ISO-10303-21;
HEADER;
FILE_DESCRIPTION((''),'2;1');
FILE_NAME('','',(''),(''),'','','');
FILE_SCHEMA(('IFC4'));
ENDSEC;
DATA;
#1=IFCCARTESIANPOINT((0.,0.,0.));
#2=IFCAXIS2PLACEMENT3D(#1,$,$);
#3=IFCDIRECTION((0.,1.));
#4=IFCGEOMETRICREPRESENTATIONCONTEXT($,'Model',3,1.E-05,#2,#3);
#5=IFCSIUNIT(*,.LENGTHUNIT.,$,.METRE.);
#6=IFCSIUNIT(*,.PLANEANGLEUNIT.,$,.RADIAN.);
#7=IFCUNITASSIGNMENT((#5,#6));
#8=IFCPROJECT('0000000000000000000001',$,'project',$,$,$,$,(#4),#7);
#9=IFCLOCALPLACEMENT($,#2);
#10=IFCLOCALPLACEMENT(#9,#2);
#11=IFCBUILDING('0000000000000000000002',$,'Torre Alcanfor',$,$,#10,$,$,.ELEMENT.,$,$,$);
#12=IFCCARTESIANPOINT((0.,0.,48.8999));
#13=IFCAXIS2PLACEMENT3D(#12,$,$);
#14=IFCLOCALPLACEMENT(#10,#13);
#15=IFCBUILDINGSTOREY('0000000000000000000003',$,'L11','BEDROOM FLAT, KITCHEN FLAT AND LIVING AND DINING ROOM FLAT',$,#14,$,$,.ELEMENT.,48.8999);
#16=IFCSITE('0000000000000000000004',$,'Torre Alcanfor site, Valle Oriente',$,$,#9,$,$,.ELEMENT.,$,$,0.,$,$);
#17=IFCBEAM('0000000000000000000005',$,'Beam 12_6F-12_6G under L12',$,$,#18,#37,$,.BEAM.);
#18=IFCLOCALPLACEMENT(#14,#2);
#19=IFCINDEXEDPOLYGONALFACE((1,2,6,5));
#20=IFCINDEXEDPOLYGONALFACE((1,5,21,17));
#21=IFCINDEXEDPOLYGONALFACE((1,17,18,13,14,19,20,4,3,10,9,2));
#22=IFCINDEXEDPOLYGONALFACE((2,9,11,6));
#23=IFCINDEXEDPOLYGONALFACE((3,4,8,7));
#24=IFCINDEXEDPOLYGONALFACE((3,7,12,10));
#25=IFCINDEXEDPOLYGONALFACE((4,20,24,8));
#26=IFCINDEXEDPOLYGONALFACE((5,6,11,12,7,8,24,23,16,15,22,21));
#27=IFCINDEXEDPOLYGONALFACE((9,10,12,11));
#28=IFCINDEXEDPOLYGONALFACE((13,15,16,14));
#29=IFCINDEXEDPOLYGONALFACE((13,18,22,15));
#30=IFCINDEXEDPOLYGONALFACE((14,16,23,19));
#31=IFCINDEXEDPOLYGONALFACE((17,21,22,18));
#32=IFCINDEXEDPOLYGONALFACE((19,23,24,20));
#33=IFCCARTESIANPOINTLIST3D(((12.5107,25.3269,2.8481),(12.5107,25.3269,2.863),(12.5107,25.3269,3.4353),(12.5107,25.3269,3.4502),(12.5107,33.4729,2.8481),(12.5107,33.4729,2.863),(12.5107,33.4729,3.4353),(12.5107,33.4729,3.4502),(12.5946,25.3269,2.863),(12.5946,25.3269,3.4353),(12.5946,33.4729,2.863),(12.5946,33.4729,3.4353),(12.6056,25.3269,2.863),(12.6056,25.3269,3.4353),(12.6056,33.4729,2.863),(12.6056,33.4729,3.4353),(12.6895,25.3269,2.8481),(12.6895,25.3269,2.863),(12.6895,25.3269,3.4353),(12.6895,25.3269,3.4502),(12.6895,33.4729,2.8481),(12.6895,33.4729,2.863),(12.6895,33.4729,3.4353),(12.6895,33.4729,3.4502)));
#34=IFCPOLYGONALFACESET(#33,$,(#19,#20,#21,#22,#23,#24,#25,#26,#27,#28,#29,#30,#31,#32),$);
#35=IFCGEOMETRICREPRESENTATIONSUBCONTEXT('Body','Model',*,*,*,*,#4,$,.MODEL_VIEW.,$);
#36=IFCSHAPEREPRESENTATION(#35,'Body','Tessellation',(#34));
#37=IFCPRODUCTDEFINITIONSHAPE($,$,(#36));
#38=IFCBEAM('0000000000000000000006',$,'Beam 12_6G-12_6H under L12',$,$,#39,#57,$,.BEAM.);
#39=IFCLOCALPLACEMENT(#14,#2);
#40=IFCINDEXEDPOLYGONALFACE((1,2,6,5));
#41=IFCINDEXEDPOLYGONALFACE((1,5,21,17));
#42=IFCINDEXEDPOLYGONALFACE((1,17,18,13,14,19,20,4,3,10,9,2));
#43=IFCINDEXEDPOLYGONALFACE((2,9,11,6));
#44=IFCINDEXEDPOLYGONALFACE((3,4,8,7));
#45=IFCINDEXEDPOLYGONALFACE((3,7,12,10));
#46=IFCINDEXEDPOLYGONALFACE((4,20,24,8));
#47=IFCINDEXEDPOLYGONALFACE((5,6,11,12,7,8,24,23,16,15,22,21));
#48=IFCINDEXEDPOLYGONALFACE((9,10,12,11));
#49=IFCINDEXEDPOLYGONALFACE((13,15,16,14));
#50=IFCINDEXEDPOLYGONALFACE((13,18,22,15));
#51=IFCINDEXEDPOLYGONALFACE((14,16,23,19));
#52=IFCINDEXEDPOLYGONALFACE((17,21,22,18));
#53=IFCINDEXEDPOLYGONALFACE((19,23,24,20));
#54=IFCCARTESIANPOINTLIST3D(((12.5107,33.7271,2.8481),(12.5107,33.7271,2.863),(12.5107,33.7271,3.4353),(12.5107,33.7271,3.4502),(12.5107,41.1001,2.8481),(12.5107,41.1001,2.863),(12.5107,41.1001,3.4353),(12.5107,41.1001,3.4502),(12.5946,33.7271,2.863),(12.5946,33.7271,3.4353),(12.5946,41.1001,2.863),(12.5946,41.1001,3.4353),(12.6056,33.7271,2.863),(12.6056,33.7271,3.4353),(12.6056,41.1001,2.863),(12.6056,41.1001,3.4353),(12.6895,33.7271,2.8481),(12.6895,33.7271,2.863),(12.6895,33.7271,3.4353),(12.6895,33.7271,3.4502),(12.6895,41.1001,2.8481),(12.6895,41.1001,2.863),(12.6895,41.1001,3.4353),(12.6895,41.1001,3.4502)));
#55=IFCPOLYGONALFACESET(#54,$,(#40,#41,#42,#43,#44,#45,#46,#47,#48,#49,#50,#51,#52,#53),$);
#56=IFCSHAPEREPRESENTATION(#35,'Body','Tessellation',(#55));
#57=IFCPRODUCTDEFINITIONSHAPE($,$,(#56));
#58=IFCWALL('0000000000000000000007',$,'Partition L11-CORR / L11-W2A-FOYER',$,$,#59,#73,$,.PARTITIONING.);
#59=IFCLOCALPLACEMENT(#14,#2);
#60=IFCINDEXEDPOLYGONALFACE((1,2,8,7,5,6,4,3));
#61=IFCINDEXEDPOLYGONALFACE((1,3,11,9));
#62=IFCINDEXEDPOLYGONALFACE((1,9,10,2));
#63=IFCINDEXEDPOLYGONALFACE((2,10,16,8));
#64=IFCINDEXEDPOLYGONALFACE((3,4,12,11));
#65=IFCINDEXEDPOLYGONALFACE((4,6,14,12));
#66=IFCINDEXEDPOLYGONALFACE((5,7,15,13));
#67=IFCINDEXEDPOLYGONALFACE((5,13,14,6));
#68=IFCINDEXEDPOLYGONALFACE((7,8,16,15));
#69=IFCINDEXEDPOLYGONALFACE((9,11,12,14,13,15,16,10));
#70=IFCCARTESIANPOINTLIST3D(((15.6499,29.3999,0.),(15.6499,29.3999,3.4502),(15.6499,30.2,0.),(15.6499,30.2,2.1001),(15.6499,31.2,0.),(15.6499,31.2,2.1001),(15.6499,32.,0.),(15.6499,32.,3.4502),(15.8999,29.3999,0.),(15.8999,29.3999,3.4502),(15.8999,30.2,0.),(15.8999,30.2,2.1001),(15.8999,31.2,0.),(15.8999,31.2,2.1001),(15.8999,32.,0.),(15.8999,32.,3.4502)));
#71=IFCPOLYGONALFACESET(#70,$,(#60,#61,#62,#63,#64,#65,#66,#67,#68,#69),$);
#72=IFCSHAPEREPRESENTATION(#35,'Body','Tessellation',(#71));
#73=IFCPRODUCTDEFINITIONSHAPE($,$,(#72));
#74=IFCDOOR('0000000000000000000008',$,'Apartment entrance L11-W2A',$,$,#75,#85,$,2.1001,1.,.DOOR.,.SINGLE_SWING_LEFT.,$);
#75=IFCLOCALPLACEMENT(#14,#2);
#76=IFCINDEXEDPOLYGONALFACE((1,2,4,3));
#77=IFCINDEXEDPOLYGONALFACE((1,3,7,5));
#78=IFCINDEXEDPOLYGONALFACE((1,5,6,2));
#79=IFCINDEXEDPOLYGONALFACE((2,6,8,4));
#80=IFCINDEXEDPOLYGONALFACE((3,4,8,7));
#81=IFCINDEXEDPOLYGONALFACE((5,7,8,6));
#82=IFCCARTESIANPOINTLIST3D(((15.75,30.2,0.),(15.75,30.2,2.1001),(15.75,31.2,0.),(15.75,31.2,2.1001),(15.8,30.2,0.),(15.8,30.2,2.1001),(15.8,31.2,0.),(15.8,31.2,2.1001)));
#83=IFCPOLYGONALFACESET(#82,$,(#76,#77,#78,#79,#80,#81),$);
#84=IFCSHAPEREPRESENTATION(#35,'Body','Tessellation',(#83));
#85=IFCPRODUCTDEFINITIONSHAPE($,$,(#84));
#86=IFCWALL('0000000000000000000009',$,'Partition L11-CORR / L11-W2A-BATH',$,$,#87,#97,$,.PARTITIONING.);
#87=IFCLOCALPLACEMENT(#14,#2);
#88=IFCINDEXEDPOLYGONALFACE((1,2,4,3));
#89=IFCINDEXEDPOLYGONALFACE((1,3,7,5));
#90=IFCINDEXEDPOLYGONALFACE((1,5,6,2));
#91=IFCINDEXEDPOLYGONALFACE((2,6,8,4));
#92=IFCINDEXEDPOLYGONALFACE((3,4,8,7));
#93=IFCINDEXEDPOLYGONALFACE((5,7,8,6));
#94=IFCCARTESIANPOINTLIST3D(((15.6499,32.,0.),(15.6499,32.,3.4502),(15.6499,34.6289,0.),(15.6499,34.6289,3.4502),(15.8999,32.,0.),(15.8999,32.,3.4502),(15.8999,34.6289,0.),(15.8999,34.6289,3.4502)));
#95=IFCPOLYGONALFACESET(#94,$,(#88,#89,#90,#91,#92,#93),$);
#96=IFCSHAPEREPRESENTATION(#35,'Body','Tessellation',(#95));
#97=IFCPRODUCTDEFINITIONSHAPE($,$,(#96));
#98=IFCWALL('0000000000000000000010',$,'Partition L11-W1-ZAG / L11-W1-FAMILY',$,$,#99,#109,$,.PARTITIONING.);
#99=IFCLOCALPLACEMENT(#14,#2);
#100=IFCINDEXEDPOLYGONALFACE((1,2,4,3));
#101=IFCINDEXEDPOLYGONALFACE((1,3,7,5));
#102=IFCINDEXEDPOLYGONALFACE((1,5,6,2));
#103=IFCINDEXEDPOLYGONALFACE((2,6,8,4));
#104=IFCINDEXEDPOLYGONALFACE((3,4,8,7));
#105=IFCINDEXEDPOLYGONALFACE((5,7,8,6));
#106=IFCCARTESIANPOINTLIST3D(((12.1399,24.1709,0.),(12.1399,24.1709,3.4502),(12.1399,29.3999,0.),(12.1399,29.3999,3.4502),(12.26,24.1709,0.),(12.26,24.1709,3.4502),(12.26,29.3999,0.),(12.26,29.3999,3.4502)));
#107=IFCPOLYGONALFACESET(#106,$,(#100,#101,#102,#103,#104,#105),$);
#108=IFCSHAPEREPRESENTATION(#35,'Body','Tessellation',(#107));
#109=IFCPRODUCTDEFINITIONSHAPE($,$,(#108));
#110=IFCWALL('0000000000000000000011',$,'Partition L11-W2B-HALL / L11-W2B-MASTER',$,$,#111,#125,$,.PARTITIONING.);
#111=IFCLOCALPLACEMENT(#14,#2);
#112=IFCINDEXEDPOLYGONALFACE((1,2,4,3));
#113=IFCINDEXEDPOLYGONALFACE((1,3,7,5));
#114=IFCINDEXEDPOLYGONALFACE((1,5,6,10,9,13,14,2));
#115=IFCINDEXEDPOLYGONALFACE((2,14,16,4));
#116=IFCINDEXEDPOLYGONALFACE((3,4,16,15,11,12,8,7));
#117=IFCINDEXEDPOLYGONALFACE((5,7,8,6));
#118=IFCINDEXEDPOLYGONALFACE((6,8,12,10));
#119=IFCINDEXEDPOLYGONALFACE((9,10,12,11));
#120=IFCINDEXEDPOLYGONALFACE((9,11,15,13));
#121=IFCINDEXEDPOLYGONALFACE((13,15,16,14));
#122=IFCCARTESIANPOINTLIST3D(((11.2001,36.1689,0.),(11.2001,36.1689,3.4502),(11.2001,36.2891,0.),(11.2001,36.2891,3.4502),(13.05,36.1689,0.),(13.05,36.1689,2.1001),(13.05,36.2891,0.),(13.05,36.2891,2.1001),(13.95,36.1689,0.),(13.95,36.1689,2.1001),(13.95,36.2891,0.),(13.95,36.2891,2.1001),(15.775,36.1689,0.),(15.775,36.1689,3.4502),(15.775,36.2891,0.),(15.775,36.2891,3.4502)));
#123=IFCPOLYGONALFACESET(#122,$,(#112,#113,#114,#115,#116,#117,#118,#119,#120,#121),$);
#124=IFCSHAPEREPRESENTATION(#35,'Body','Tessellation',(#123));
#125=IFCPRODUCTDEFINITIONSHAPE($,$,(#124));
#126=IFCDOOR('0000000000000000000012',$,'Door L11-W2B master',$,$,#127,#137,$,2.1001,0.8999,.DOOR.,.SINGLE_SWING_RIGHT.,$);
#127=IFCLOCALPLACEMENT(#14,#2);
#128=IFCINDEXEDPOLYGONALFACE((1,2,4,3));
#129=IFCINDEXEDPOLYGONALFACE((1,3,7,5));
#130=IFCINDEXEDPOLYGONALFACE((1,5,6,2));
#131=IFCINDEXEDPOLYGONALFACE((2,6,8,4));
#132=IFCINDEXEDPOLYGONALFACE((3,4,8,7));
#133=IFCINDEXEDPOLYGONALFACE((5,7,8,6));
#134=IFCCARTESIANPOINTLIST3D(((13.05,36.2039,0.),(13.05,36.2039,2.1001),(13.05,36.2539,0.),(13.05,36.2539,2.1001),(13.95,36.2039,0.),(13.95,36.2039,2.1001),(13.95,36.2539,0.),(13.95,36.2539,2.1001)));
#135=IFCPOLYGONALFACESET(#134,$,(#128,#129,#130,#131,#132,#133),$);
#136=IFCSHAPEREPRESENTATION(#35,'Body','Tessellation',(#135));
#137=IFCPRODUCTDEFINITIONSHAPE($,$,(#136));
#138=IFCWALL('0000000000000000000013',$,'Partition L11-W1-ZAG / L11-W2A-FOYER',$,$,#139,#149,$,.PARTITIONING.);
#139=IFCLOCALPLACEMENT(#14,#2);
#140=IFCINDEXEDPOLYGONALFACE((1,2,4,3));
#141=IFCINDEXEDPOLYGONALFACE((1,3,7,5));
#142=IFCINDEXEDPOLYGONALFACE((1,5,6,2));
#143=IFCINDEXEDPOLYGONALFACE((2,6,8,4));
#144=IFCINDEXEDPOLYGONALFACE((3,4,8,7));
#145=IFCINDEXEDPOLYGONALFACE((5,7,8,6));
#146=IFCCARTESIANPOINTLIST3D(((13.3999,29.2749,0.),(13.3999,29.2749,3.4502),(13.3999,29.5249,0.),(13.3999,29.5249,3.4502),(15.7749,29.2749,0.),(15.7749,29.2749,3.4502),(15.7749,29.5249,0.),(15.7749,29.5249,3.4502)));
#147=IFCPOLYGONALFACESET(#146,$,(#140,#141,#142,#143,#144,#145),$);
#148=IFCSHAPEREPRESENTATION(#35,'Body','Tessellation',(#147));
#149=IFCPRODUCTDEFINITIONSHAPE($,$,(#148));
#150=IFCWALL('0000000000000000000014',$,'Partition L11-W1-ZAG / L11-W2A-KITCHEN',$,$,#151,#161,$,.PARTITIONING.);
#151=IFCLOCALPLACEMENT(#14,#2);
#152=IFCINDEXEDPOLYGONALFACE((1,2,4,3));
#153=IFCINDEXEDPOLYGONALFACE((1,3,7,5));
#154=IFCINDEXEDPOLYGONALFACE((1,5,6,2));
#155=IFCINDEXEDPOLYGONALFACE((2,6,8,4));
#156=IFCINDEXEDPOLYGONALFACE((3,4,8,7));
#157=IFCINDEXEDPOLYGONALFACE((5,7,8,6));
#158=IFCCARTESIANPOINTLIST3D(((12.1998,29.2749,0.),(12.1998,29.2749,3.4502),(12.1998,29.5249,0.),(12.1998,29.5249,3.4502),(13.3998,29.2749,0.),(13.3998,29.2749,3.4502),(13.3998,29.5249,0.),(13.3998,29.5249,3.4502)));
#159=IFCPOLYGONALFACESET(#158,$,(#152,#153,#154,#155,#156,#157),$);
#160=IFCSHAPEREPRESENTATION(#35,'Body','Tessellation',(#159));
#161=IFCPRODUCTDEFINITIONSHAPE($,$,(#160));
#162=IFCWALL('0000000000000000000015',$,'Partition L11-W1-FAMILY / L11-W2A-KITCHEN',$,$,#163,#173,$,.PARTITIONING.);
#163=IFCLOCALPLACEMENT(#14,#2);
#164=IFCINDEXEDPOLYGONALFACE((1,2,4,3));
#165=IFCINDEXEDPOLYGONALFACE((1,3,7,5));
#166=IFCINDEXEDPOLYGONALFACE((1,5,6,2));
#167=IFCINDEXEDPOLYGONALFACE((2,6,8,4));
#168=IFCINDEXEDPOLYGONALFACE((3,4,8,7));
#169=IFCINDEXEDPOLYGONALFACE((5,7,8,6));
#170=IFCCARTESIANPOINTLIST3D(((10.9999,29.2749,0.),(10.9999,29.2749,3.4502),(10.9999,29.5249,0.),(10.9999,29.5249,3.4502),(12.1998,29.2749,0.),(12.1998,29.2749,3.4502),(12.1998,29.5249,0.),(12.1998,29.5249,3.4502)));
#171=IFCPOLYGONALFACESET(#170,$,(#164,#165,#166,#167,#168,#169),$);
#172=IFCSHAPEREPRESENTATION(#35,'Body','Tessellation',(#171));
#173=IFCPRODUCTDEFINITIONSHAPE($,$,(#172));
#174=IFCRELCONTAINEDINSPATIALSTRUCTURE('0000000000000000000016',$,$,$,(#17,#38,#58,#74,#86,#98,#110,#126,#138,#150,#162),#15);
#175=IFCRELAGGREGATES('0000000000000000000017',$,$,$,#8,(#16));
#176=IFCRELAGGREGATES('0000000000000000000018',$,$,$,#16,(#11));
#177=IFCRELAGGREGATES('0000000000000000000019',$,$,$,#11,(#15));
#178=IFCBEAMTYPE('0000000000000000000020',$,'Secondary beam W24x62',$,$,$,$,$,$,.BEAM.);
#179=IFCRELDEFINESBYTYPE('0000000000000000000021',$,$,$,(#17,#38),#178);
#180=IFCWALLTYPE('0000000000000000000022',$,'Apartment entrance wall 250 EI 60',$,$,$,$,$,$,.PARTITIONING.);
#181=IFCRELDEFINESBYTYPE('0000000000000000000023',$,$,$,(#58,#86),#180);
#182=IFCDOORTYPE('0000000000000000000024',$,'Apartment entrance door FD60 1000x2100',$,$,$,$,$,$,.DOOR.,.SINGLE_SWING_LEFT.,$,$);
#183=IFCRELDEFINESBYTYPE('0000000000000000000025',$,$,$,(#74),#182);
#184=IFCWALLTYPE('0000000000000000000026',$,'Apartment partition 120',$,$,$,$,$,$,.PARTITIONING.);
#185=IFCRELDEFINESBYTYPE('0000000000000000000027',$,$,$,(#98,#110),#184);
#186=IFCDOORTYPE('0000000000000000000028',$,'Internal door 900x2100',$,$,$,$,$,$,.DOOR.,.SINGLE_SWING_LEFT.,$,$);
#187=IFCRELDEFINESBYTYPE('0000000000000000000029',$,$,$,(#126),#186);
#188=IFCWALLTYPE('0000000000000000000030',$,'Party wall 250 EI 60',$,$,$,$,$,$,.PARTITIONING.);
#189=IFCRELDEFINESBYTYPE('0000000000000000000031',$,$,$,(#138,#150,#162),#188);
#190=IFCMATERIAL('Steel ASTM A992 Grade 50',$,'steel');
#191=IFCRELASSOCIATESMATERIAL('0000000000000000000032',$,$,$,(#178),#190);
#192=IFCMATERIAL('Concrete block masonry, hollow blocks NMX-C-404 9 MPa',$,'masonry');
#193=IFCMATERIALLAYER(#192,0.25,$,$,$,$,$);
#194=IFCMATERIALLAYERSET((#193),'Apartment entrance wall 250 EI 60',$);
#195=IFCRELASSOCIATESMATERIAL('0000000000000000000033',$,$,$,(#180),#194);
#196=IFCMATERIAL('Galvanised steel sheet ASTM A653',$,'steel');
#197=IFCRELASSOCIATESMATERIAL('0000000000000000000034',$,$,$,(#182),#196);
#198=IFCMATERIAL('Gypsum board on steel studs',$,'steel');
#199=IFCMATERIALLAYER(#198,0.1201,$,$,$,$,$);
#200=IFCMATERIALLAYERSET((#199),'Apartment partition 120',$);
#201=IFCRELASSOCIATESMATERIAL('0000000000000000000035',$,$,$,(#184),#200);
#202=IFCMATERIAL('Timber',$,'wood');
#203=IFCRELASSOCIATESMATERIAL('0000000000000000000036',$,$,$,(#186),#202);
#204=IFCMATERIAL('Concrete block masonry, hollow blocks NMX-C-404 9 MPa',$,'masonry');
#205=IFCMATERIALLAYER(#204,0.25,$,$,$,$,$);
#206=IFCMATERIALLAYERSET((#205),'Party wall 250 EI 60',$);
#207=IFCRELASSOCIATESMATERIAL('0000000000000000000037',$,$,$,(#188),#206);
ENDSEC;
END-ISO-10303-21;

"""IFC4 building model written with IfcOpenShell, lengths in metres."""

from ifc_helpers import new_model, si_unit, direction, frame, frame_2d, origin, origin_2d, place, context, subcontext, project, spatial, rectangle, i_section, extrude, material, layer, layer_set, material_profile, profile_set, type_object, element, fill, save


model = new_model("IFC4")

# Units and contexts
model_context = context("Model", 3, precision=1e-05, world=origin(), true_north=direction((0.0, 1.0)))
body_context = subcontext(model_context, "Body", "Model", "MODEL_VIEW")
ifc_project = project(units=[si_unit("LENGTHUNIT", "METRE"), si_unit("PLANEANGLEUNIT", "RADIAN")], contexts=[model_context])

# Site, building, storey
site_placement = place(None, origin())
site = spatial("IfcSite", under=ifc_project, at=site_placement, Name="Torre Alcanfor site, Valle Oriente", CompositionType="ELEMENT", RefElevation=0.0)
building_placement = place(site_placement, origin())
building = spatial("IfcBuilding", under=site, at=building_placement, Name="Torre Alcanfor", CompositionType="ELEMENT")
storey_placement = place(building_placement, frame((0.0, 0.0, 48.8999)))
storey = spatial("IfcBuildingStorey", under=building, at=storey_placement, Name="L11", Description="BEDROOM FLAT, KITCHEN FLAT AND LIVING AND DINING ROOM FLAT", CompositionType="ELEMENT", Elevation=48.8999)

# Beams
ifc_material_1 = material(Name="Steel ASTM A992 Grade 50", Category="steel")
ifc_material_profile = material_profile(ifc_material_1, i_section(OverallWidth=0.1787, OverallDepth=0.6021, WebThickness=0.011, FlangeThickness=0.0149, at=origin_2d()), Name="W24x62")
ifc_profile_set = profile_set([ifc_material_profile], Name="Steel ASTM A992 Grade 50")
beam_type = type_object("IfcBeamType", Name="Secondary beam W24x62", PredefinedType="BEAM", material=ifc_profile_set)
beam_1_placement = place(storey_placement, frame((12.6001, 25.3269, 3.1492), z_axis=(0.0, 1.0, 0.0), x_axis=(-1.0, 0.0, 0.0)))
element("IfcBeam", 1, at=beam_1_placement, inside=storey, type_object=beam_type, Name="Beam 12_6F-12_6G under L12", PredefinedType="BEAM", context=body_context, shape_type="SweptSolid", body=[
    extrude(i_section(OverallWidth=0.1787, OverallDepth=0.6021, WebThickness=0.011, FlangeThickness=0.0149, at=origin_2d()), origin(), (0.0, 0.0, 1.0), 8.146),
])
beam_2_placement = place(storey_placement, frame((12.6001, 33.7271, 3.1492), z_axis=(0.0, 1.0, 0.0), x_axis=(-1.0, 0.0, 0.0)))
element("IfcBeam", 2, at=beam_2_placement, inside=storey, type_object=beam_type, Name="Beam 12_6G-12_6H under L12", PredefinedType="BEAM", context=body_context, shape_type="SweptSolid", body=[
    extrude(i_section(OverallWidth=0.1787, OverallDepth=0.6021, WebThickness=0.011, FlangeThickness=0.0149, at=origin_2d()), origin(), (0.0, 0.0, 1.0), 7.373),
])

# Wall, opening, door
ifc_material_2 = material(Name="Concrete block masonry, hollow blocks NMX-C-404 9 MPa", Category="masonry")
ifc_layer_1 = layer(ifc_material_2, 0.25)
ifc_layer_set_1 = layer_set([ifc_layer_1], Name="Apartment entrance wall 250 EI 60")
wall_type_1 = type_object("IfcWallType", Name="Apartment entrance wall 250 EI 60", PredefinedType="PARTITIONING", material=ifc_layer_set_1)
wall_1_placement = place(storey_placement, frame((15.7749, 29.3999, 0.0), z_axis=(0.0, 0.0, 1.0), x_axis=(0.0, 1.0, 0.0)))
wall_1 = element("IfcWall", 3, at=wall_1_placement, inside=storey, type_object=wall_type_1, Name="Partition L11-CORR / L11-W2A-FOYER", PredefinedType="PARTITIONING", context=body_context, shape_type="SweptSolid", body=[
    extrude(rectangle(XDim=2.6001, YDim=0.25, at=frame_2d((1.3, 0.0))), origin(), (0.0, 0.0, 1.0), 3.4502),
])
opening_1_placement = place(wall_1_placement, frame((0.8, 0.0, 0.0)))
opening_1 = element("IfcOpeningElement", 4, at=opening_1_placement, cuts=wall_1, PredefinedType="OPENING", context=body_context, shape_type="SweptSolid", body=[
    extrude(rectangle(XDim=1.0, YDim=2.1001, at=frame_2d((0.5, 1.05))), frame((0.0, 0.135, 0.0), z_axis=(0.0, -1.0, 0.0), x_axis=(1.0, 0.0, 0.0)), (0.0, 0.0, 1.0), 0.27),
])
ifc_material_3 = material(Name="Galvanised steel sheet ASTM A653", Category="steel")
door_type_1 = type_object("IfcDoorType", Name="Apartment entrance door FD60 1000x2100", OperationType="SINGLE_SWING_LEFT", PredefinedType="DOOR", material=ifc_material_3)
door_1_placement = place(opening_1_placement, origin())
door_1 = element("IfcDoor", 5, at=door_1_placement, inside=storey, type_object=door_type_1, Name="Apartment entrance L11-W2A", OperationType="SINGLE_SWING_LEFT", OverallHeight=2.1001, OverallWidth=1.0, PredefinedType="DOOR", context=body_context, shape_type="SweptSolid", body=[
    extrude(rectangle(XDim=1.0, YDim=2.1001, at=frame_2d((0.5, 1.05))), frame((0.0, 0.0249, 0.0), z_axis=(0.0, -1.0, 0.0), x_axis=(1.0, 0.0, 0.0)), (0.0, 0.0, 1.0), 0.05),
])
fill(opening_1, door_1)

# Walls
wall_2_placement = place(storey_placement, frame((15.7749, 32.0, 0.0), z_axis=(0.0, 0.0, 1.0), x_axis=(0.0, 1.0, 0.0)))
element("IfcWall", 6, at=wall_2_placement, inside=storey, type_object=wall_type_1, Name="Partition L11-CORR / L11-W2A-BATH", PredefinedType="PARTITIONING", context=body_context, shape_type="SweptSolid", body=[
    extrude(rectangle(XDim=2.6289, YDim=0.25, at=frame_2d((1.3145, 0.0))), origin(), (0.0, 0.0, 1.0), 3.4502),
])
ifc_material_4 = material(Name="Gypsum board on steel studs", Category="steel")
ifc_layer_2 = layer(ifc_material_4, 0.1201)
ifc_layer_set_2 = layer_set([ifc_layer_2], Name="Apartment partition 120")
wall_type_2 = type_object("IfcWallType", Name="Apartment partition 120", PredefinedType="PARTITIONING", material=ifc_layer_set_2)
wall_3_placement = place(storey_placement, frame((12.2, 29.3999, 0.0), z_axis=(0.0, 0.0, 1.0), x_axis=(0.0, -1.0, 0.0)))
element("IfcWall", 7, at=wall_3_placement, inside=storey, type_object=wall_type_2, Name="Partition L11-W1-ZAG / L11-W1-FAMILY", PredefinedType="PARTITIONING", context=body_context, shape_type="SweptSolid", body=[
    extrude(rectangle(XDim=5.229, YDim=0.1201, at=frame_2d((2.6145, 0.0))), origin(), (0.0, 0.0, 1.0), 3.4502),
])

# Wall, opening, door
wall_4_placement = place(storey_placement, frame((11.2, 36.229, 0.0), z_axis=(0.0, 0.0, 1.0), x_axis=(1.0, 0.0, 0.0)))
wall_4 = element("IfcWall", 8, at=wall_4_placement, inside=storey, type_object=wall_type_2, Name="Partition L11-W2B-HALL / L11-W2B-MASTER", PredefinedType="PARTITIONING", context=body_context, shape_type="SweptSolid", body=[
    extrude(rectangle(XDim=4.575, YDim=0.1201, at=frame_2d((2.2876, 0.0))), origin(), (0.0, 0.0, 1.0), 3.4502),
])
opening_2_placement = place(wall_4_placement, frame((1.8501, 0.0, 0.0)))
opening_2 = element("IfcOpeningElement", 9, at=opening_2_placement, cuts=wall_4, PredefinedType="OPENING", context=body_context, shape_type="SweptSolid", body=[
    extrude(rectangle(XDim=0.8999, YDim=2.1001, at=frame_2d((0.45, 1.05))), frame((0.0, 0.0701, 0.0), z_axis=(0.0, -1.0, 0.0), x_axis=(1.0, 0.0, 0.0)), (0.0, 0.0, 1.0), 0.1401),
])
ifc_material_5 = material(Name="Timber", Category="wood")
door_type_2 = type_object("IfcDoorType", Name="Internal door 900x2100", OperationType="SINGLE_SWING_LEFT", PredefinedType="DOOR", material=ifc_material_5)
door_2_placement = place(opening_2_placement, origin())
door_2 = element("IfcDoor", 10, at=door_2_placement, inside=storey, type_object=door_type_2, Name="Door L11-W2B master", OperationType="SINGLE_SWING_RIGHT", OverallHeight=2.1001, OverallWidth=0.8999, PredefinedType="DOOR", context=body_context, shape_type="SweptSolid", body=[
    extrude(rectangle(XDim=0.8999, YDim=2.1001, at=frame_2d((0.45, 1.05))), frame((0.0, 0.0249, 0.0), z_axis=(0.0, -1.0, 0.0), x_axis=(1.0, 0.0, 0.0)), (0.0, 0.0, 1.0), 0.05),
])
fill(opening_2, door_2)

# Walls
ifc_material_6 = material(Name="Concrete block masonry, hollow blocks NMX-C-404 9 MPa", Category="masonry")
ifc_layer_3 = layer(ifc_material_6, 0.25)
ifc_layer_set_3 = layer_set([ifc_layer_3], Name="Party wall 250 EI 60")
wall_type_3 = type_object("IfcWallType", Name="Party wall 250 EI 60", PredefinedType="PARTITIONING", material=ifc_layer_set_3)
wall_5_placement = place(storey_placement, frame((15.7749, 29.3999, 0.0), z_axis=(0.0, 0.0, 1.0), x_axis=(-1.0, 0.0, 0.0)))
element("IfcWall", 11, at=wall_5_placement, inside=storey, type_object=wall_type_3, Name="Partition L11-W1-ZAG / L11-W2A-FOYER", PredefinedType="PARTITIONING", context=body_context, shape_type="SweptSolid", body=[
    extrude(rectangle(XDim=2.375, YDim=0.25, at=frame_2d((1.1875, 0.0))), origin(), (0.0, 0.0, 1.0), 3.4502),
])
for number, where, z_axis, x_axis, name in (
    (12, (13.3999, 29.3999, 0.0), (0.0, 0.0, 1.0), (-1.0, 0.0, 0.0), "Partition L11-W1-ZAG / L11-W2A-KITCHEN"),
    (13, (12.2, 29.3999, 0.0), (0.0, 0.0, 1.0), (-1.0, 0.0, 0.0), "Partition L11-W1-FAMILY / L11-W2A-KITCHEN"),
):
    element("IfcWall", number, at=place(storey_placement, frame(where, z_axis=z_axis, x_axis=x_axis)), inside=storey, type_object=wall_type_3, Name=name, PredefinedType="PARTITIONING", context=body_context, shape_type="SweptSolid", body=[
        extrude(rectangle(XDim=1.2, YDim=0.25, at=frame_2d((0.6001, 0.0))), origin(), (0.0, 0.0, 1.0), 3.4502),
    ])

save(model, "model.ifc")
